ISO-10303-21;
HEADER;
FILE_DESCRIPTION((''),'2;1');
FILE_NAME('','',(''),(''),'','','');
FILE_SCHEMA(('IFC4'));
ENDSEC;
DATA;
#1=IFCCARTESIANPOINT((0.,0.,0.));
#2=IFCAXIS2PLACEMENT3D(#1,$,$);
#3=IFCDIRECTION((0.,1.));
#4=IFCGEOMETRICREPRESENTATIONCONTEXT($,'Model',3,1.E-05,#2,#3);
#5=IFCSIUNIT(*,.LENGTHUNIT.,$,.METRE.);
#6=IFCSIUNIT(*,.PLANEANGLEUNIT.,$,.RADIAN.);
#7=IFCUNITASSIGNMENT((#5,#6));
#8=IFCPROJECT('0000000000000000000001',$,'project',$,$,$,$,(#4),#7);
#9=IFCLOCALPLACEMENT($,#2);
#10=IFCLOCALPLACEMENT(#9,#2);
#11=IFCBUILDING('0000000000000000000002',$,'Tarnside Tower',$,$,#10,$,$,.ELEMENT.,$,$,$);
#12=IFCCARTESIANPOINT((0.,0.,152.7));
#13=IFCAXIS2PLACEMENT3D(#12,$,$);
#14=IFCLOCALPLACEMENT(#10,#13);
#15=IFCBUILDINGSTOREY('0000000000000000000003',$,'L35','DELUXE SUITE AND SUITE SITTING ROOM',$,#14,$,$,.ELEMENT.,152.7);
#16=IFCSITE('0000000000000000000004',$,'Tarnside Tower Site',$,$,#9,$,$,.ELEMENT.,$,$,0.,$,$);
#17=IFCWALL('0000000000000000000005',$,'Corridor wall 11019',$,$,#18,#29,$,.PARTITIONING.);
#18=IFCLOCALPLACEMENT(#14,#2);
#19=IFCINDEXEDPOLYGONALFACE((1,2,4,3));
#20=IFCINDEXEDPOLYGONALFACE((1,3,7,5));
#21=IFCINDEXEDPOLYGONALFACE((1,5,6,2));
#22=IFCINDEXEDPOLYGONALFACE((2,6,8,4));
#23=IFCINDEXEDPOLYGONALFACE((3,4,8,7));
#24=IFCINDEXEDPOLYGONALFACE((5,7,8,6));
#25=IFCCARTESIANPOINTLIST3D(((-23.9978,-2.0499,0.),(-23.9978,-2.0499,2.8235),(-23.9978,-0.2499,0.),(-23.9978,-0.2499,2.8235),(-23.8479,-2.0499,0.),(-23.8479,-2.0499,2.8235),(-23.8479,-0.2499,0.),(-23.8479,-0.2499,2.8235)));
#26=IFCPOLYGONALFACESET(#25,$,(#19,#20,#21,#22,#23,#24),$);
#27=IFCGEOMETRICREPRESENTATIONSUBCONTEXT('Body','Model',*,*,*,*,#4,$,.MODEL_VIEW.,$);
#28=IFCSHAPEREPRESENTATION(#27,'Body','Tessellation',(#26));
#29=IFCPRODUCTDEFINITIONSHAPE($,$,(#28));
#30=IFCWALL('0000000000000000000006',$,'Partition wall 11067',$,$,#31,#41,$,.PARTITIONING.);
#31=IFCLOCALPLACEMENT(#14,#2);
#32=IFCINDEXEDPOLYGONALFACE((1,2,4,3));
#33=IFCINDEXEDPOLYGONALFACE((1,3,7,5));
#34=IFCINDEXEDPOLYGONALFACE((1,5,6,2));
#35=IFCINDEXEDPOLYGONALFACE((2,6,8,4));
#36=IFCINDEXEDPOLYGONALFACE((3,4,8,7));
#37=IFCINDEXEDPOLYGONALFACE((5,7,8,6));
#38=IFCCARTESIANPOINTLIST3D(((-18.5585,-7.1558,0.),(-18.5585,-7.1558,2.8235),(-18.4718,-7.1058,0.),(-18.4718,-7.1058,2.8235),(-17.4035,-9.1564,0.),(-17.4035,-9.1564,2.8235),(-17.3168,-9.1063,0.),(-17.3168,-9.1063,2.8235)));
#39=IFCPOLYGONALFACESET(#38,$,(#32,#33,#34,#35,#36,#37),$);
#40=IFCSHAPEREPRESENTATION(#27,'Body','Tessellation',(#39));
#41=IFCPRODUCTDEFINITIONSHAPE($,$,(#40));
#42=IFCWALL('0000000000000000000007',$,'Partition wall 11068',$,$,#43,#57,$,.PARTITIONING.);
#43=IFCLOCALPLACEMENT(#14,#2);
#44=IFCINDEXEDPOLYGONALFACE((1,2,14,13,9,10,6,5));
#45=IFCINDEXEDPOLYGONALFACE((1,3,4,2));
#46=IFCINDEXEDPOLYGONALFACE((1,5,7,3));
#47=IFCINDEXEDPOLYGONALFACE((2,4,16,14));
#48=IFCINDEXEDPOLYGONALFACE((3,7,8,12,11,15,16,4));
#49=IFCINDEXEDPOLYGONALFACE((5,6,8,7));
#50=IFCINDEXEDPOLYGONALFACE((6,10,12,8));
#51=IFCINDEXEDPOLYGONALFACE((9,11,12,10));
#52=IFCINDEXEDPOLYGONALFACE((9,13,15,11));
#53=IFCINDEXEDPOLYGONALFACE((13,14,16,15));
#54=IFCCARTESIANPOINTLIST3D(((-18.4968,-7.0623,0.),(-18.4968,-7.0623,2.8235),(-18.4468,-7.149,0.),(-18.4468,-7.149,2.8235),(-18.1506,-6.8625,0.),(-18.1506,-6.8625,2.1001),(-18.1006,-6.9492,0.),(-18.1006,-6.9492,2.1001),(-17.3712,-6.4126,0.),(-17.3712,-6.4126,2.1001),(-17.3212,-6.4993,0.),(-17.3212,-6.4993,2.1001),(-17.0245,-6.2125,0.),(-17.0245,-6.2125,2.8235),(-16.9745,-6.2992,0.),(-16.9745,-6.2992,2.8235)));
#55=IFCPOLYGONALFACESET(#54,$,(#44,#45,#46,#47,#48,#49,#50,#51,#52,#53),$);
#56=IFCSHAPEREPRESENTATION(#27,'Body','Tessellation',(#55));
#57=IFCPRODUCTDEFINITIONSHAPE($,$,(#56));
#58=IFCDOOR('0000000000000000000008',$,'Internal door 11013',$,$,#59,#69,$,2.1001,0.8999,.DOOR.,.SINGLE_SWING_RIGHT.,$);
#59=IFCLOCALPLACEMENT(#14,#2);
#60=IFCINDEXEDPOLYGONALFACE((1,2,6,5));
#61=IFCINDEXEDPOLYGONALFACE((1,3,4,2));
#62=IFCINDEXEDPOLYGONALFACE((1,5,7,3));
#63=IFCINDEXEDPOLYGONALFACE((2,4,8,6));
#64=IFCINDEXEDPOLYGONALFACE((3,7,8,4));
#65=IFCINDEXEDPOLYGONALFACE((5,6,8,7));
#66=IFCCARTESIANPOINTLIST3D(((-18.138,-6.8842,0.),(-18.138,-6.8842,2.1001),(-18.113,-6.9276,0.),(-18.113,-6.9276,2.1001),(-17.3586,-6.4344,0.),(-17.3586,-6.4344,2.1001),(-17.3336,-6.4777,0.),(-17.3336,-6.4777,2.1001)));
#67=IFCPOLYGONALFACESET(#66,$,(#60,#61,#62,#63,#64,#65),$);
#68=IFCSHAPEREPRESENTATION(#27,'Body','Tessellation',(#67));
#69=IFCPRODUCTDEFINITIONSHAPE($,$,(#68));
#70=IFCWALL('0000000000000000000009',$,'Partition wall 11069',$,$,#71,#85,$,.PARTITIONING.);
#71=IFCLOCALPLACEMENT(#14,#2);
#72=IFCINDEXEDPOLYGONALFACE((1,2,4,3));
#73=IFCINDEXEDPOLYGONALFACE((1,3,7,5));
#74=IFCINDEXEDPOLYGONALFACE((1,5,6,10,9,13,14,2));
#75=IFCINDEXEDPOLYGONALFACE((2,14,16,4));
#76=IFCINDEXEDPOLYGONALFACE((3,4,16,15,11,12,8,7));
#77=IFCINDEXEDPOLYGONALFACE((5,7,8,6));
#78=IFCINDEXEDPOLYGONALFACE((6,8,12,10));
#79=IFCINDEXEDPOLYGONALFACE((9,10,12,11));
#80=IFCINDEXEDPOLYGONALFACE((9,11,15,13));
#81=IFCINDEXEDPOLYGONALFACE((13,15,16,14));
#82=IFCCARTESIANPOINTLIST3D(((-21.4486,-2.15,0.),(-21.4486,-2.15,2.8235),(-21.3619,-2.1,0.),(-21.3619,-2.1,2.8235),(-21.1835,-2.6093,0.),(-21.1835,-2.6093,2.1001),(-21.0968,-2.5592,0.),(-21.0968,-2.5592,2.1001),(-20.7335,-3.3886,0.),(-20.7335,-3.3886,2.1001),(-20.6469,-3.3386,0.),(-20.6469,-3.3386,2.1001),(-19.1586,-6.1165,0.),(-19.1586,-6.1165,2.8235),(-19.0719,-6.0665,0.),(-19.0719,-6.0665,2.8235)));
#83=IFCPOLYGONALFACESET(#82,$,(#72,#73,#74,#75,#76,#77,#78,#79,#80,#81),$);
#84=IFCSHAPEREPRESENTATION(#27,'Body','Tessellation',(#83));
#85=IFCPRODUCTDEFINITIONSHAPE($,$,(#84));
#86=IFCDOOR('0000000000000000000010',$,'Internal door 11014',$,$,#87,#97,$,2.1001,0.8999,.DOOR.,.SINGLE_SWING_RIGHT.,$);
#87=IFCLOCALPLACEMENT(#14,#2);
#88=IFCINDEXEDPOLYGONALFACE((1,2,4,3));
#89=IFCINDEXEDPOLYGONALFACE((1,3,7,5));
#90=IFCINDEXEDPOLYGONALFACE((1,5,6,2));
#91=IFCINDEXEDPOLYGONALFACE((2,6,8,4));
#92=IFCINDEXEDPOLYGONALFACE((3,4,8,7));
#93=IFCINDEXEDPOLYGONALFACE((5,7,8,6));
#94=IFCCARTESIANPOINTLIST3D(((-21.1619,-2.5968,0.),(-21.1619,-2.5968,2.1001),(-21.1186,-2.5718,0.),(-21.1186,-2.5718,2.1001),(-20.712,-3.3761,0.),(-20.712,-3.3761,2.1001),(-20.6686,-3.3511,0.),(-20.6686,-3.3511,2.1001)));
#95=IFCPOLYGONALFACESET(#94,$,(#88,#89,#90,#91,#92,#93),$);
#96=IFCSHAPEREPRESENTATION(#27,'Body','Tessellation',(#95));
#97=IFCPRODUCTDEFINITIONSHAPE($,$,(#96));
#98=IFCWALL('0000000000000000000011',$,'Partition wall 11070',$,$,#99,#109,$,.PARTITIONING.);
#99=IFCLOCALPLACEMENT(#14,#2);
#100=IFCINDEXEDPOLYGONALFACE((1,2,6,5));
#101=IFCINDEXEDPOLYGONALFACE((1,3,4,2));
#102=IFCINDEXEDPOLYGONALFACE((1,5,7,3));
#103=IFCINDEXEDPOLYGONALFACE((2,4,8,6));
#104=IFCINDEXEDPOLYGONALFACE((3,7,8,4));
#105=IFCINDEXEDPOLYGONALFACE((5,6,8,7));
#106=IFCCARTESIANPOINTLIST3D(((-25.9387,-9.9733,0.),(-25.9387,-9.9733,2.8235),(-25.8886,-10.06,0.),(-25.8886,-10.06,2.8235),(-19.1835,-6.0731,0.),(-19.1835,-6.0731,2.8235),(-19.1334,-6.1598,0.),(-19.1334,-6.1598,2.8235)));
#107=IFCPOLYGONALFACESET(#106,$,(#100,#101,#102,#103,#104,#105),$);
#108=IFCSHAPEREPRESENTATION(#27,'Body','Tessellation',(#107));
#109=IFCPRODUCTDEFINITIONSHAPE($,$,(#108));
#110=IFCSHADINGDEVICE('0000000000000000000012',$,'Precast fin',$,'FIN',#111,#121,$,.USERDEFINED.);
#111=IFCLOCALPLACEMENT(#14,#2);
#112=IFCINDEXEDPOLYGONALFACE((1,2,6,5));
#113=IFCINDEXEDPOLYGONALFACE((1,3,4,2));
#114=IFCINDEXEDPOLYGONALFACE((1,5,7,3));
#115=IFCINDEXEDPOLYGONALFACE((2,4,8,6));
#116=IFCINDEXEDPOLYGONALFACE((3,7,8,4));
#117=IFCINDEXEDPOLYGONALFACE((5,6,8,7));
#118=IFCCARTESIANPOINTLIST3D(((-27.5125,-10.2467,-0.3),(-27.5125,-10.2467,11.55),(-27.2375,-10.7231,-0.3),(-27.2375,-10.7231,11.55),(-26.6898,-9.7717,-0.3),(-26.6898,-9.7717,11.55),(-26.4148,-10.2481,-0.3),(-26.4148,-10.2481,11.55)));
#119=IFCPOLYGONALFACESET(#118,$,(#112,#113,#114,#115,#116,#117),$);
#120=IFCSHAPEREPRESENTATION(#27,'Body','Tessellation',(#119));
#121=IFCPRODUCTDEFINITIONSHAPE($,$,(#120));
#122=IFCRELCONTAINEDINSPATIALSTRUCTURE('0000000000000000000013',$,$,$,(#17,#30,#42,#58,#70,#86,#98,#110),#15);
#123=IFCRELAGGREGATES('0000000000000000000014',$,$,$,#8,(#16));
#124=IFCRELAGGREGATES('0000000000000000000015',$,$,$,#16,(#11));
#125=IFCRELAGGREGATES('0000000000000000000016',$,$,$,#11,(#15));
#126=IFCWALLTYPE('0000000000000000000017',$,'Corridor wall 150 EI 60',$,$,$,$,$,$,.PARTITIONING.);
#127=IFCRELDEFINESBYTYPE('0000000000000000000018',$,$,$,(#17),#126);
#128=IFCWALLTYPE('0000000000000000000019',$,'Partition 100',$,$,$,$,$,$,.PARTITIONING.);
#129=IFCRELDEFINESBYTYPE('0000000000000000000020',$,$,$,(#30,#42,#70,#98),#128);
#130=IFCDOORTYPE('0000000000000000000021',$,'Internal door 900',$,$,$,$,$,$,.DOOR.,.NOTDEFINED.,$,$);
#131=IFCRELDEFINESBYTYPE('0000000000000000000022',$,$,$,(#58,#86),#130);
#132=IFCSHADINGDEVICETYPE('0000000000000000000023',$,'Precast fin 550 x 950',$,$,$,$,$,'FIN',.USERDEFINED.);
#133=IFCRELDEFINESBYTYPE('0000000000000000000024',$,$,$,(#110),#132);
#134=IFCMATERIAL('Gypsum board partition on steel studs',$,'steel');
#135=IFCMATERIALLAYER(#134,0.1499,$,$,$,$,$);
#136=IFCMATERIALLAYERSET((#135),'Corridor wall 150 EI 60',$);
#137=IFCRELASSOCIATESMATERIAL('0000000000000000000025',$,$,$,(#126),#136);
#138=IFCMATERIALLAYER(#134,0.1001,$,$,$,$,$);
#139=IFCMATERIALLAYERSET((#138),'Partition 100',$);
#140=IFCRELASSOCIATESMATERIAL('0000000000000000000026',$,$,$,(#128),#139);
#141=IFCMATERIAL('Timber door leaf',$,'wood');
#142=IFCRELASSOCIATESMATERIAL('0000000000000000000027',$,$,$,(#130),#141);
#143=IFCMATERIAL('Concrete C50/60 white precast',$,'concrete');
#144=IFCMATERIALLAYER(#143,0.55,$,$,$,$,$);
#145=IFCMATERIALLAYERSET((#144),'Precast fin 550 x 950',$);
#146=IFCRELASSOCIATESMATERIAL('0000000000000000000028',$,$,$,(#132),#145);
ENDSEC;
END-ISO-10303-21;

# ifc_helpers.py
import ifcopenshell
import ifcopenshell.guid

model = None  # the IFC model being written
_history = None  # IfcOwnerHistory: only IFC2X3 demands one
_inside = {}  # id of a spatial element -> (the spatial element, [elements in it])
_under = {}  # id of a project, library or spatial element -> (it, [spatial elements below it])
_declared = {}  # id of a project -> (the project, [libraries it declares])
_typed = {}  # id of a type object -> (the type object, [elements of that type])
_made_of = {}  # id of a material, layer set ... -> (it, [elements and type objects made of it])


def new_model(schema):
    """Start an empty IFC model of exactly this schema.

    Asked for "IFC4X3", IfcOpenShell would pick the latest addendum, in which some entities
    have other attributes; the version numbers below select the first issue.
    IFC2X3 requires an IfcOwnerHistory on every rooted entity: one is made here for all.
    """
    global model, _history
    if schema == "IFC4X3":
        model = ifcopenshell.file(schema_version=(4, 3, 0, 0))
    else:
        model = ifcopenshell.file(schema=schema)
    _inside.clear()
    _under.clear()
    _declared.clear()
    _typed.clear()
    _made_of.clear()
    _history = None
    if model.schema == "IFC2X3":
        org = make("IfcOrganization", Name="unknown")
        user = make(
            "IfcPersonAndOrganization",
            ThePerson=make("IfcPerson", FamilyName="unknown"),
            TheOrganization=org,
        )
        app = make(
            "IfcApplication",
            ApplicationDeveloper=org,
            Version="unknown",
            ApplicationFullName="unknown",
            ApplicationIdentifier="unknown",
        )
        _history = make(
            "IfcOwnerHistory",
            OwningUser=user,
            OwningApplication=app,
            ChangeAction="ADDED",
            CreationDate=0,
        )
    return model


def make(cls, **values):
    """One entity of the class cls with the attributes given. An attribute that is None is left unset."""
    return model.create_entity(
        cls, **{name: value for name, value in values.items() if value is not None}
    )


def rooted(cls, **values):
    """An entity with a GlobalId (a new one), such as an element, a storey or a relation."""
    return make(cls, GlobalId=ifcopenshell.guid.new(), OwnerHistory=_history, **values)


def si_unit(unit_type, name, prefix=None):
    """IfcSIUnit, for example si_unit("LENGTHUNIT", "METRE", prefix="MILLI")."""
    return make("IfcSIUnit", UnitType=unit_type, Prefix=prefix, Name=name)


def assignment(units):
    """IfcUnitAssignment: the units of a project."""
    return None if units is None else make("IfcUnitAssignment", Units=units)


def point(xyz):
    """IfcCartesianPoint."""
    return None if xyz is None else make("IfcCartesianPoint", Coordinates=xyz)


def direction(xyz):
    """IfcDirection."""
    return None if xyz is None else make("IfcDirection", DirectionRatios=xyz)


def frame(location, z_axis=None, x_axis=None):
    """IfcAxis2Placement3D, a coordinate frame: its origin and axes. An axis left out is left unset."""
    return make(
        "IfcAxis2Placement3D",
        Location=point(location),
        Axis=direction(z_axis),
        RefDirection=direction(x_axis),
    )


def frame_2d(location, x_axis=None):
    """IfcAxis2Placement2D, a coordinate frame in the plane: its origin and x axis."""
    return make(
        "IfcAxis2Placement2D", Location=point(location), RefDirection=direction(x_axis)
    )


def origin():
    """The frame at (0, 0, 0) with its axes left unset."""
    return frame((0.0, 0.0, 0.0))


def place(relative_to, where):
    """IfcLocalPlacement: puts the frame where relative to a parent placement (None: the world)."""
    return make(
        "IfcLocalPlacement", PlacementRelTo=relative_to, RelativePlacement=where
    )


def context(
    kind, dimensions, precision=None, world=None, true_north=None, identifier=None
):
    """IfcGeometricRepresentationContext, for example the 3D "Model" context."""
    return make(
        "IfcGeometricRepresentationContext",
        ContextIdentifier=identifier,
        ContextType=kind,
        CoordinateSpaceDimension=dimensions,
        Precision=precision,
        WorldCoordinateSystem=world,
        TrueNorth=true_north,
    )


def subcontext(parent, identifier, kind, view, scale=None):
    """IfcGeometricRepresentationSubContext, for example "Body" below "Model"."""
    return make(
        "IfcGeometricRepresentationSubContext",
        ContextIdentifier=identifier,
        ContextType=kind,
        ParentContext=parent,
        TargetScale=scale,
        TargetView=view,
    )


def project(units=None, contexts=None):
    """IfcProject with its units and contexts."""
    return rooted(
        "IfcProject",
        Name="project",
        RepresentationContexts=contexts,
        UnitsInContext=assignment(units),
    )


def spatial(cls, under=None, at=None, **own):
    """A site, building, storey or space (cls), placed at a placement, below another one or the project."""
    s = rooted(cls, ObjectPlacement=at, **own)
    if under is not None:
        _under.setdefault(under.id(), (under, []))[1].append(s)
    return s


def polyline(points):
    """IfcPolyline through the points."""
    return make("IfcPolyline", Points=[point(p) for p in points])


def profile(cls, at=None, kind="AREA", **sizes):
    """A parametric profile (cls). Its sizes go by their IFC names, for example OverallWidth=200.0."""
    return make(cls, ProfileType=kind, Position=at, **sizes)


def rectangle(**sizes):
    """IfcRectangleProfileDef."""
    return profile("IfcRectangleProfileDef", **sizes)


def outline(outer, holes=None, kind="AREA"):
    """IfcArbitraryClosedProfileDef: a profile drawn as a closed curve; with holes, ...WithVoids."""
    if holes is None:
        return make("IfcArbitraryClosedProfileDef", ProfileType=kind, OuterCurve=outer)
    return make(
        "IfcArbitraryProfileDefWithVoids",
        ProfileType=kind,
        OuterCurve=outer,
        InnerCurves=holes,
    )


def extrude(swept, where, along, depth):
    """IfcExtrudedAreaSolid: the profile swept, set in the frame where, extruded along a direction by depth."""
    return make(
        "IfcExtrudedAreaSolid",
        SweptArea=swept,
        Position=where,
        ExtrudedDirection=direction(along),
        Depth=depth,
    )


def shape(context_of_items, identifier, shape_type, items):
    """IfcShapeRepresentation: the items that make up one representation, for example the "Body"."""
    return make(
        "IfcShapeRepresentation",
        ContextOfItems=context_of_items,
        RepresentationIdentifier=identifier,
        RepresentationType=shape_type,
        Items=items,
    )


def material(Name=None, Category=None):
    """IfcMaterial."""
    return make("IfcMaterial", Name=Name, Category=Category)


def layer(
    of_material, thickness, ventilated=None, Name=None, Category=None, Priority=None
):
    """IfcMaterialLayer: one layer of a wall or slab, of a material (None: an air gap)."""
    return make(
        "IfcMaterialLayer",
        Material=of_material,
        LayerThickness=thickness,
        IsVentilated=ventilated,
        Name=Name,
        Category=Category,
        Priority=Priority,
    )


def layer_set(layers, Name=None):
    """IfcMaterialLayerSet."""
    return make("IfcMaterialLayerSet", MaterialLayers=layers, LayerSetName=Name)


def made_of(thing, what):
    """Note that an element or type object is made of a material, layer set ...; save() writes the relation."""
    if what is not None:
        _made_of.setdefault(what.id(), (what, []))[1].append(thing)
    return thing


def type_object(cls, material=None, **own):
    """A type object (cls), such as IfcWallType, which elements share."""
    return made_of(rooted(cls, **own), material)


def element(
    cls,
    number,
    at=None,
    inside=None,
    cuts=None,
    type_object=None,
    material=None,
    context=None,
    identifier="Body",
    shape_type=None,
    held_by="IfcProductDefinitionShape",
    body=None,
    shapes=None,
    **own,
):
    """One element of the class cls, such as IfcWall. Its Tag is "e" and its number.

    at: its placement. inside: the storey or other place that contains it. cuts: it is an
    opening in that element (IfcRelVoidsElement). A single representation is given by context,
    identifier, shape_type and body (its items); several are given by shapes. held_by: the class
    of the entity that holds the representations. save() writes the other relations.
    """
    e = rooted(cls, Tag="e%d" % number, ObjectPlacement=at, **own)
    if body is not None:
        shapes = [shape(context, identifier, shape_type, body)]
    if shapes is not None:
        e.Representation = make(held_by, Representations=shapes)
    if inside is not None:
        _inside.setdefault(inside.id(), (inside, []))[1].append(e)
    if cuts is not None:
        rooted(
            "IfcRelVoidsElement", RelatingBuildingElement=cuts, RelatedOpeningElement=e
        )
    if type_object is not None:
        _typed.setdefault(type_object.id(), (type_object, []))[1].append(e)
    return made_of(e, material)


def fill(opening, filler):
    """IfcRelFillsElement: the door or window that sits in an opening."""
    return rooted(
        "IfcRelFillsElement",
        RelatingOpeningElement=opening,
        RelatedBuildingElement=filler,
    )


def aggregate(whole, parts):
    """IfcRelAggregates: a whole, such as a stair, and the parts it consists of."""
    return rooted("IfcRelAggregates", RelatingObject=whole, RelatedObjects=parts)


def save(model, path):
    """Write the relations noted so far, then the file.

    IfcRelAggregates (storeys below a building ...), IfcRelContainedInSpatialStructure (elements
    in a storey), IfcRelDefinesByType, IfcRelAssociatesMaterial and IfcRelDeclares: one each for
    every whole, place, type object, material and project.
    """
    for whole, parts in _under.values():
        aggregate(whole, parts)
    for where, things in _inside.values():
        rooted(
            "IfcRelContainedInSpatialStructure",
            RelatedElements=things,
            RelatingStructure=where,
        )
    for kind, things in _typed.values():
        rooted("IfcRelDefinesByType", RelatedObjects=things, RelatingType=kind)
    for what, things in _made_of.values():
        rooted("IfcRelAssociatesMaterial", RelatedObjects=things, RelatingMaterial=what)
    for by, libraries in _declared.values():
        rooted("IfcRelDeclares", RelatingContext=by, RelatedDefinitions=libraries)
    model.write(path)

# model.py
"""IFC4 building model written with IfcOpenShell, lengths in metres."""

from ifc_helpers import new_model, si_unit, direction, frame, frame_2d, origin, place, context, subcontext, project, spatial, polyline, rectangle, outline, extrude, material, layer, layer_set, type_object, element, fill, save


model = new_model("IFC4")

# Units and contexts
model_context = context("Model", 3, precision=1e-05, world=origin(), true_north=direction((0.0, 1.0)))
body_context = subcontext(model_context, "Body", "Model", "MODEL_VIEW")
ifc_project = project(units=[si_unit("LENGTHUNIT", "METRE"), si_unit("PLANEANGLEUNIT", "RADIAN")], contexts=[model_context])

# Site, building, storey
site_placement = place(None, origin())
site = spatial("IfcSite", under=ifc_project, at=site_placement, Name="Tarnside Tower Site", CompositionType="ELEMENT", RefElevation=0.0)
building_placement = place(site_placement, origin())
building = spatial("IfcBuilding", under=site, at=building_placement, Name="Tarnside Tower", CompositionType="ELEMENT")
storey_placement = place(building_placement, frame((0.0, 0.0, 152.7)))
storey = spatial("IfcBuildingStorey", under=building, at=storey_placement, Name="L35", Description="DELUXE SUITE AND SUITE SITTING ROOM", CompositionType="ELEMENT", Elevation=152.7)

# Shared definitions
ifc_material_1 = material(Name="Gypsum board partition on steel studs", Category="steel")
ifc_material_2 = material(Name="Timber door leaf", Category="wood")

# Shared definitions
ifc_layer_1 = layer(ifc_material_1, 0.1499)
ifc_layer_set_1 = layer_set([ifc_layer_1], Name="Corridor wall 150 EI 60")
wall_type_1 = type_object("IfcWallType", Name="Corridor wall 150 EI 60", PredefinedType="PARTITIONING", material=ifc_layer_set_1)

# Walls
wall_1_placement = place(storey_placement, frame((-23.9229, -0.25, 0.0), z_axis=(0.0, 0.0, 1.0), x_axis=(0.0, -1.0, 0.0)))
element("IfcWall", 1, at=wall_1_placement, inside=storey, type_object=wall_type_1, Name="Corridor wall 11019", PredefinedType="PARTITIONING", context=body_context, shape_type="SweptSolid", body=[
    extrude(rectangle(XDim=1.8, YDim=0.1499, at=frame_2d((0.8999, 0.0))), origin(), (0.0, 0.0, 1.0), 2.8235),
])
ifc_layer_2 = layer(ifc_material_1, 0.1001)
ifc_layer_set_2 = layer_set([ifc_layer_2], Name="Partition 100")
wall_type_2 = type_object("IfcWallType", Name="Partition 100", PredefinedType="PARTITIONING", material=ifc_layer_set_2)
wall_2_placement = place(storey_placement, frame((-17.3601, -9.1313, 0.0), z_axis=(0.0, 0.0, 1.0), x_axis=(-0.500015, 0.866017, 0.0)))
element("IfcWall", 2, at=wall_2_placement, inside=storey, type_object=wall_type_2, Name="Partition wall 11067", PredefinedType="PARTITIONING", context=body_context, shape_type="SweptSolid", body=[
    extrude(rectangle(XDim=2.3101, YDim=0.1001, at=frame_2d((1.155, 0.0))), origin(), (0.0, 0.0, 1.0), 2.8235),
])

# Walls, openings, doors
wall_3_placement = place(storey_placement, frame((-18.4719, -7.1057, 0.0), z_axis=(0.0, 0.0, 1.0), x_axis=(0.866088, 0.499892, 0.0)))
wall_3 = element("IfcWall", 3, at=wall_3_placement, inside=storey, type_object=wall_type_2, Name="Partition wall 11068", PredefinedType="PARTITIONING", context=body_context, shape_type="SweptSolid", body=[
    extrude(rectangle(XDim=1.7, YDim=0.1001, at=frame_2d((0.8501, 0.0))), origin(), (0.0, 0.0, 1.0), 2.8235),
])
opening_1_placement = place(wall_3_placement, frame((0.3999, 0.0, 0.0)))
opening_1 = element("IfcOpeningElement", 4, at=opening_1_placement, cuts=wall_3, PredefinedType="OPENING", context=body_context, shape_type="SweptSolid", body=[
    extrude(rectangle(XDim=0.8999, YDim=2.1001, at=frame_2d((0.45, 1.05))), frame((0.0, 0.0601, 0.0), z_axis=(0.0, -1.0, 0.0), x_axis=(1.0, 0.0, 0.0)), (0.0, 0.0, 1.0), 0.1201),
])
door_type_1 = type_object("IfcDoorType", Name="Internal door 900", OperationType="NOTDEFINED", PredefinedType="DOOR", material=ifc_material_2)
door_1_placement = place(opening_1_placement, origin())
door_1 = element("IfcDoor", 5, at=door_1_placement, inside=storey, type_object=door_type_1, Name="Internal door 11013", OperationType="SINGLE_SWING_RIGHT", OverallHeight=2.1001, OverallWidth=0.8999, PredefinedType="DOOR", context=body_context, shape_type="SweptSolid", body=[
    extrude(rectangle(XDim=0.8999, YDim=2.1001, at=frame_2d((0.45, 1.05))), frame((0.0, 0.0249, 0.0), z_axis=(0.0, -1.0, 0.0), x_axis=(1.0, 0.0, 0.0)), (0.0, 0.0, 1.0), 0.05),
])
fill(opening_1, door_1)
wall_4_placement = place(storey_placement, frame((-21.4053, -2.125, 0.0), z_axis=(0.0, 0.0, 1.0), x_axis=(0.499992, -0.86603, 0.0)))
wall_4 = element("IfcWall", 6, at=wall_4_placement, inside=storey, type_object=wall_type_2, Name="Partition wall 11069", PredefinedType="PARTITIONING", context=body_context, shape_type="SweptSolid", body=[
    extrude(rectangle(XDim=4.5801, YDim=0.1001, at=frame_2d((2.29, 0.0))), origin(), (0.0, 0.0, 1.0), 2.8235),
])
opening_2_placement = place(wall_4_placement, frame((0.5303, 0.0, 0.0)))
opening_2 = element("IfcOpeningElement", 7, at=opening_2_placement, cuts=wall_4, PredefinedType="OPENING", context=body_context, shape_type="SweptSolid", body=[
    extrude(rectangle(XDim=0.8999, YDim=2.1001, at=frame_2d((0.45, 1.05))), frame((0.0, 0.0601, 0.0), z_axis=(0.0, -1.0, 0.0), x_axis=(1.0, 0.0, 0.0)), (0.0, 0.0, 1.0), 0.1201),
])
door_2_placement = place(opening_2_placement, origin())
door_2 = element("IfcDoor", 8, at=door_2_placement, inside=storey, type_object=door_type_1, Name="Internal door 11014", OperationType="SINGLE_SWING_RIGHT", OverallHeight=2.1001, OverallWidth=0.8999, PredefinedType="DOOR", context=body_context, shape_type="SweptSolid", body=[
    extrude(rectangle(XDim=0.8999, YDim=2.1001, at=frame_2d((0.45, 1.05))), frame((0.0, 0.0249, 0.0), z_axis=(0.0, -1.0, 0.0), x_axis=(1.0, 0.0, 0.0)), (0.0, 0.0, 1.0), 0.05),
])
fill(opening_2, door_2)

# Wall
wall_5_placement = place(storey_placement, frame((-19.1584, -6.1165, 0.0), z_axis=(0.0, 0.0, 1.0), x_axis=(-0.866021, -0.500007, 0.0)))
element("IfcWall", 9, at=wall_5_placement, inside=storey, type_object=wall_type_2, Name="Partition wall 11070", PredefinedType="PARTITIONING", context=body_context, shape_type="SweptSolid", body=[
    extrude(rectangle(XDim=7.8003, YDim=0.1001, at=frame_2d((3.9001, 0.0))), origin(), (0.0, 0.0, 1.0), 2.8235),
])

# Shading device
ifc_material_3 = material(Name="Concrete C50/60 white precast", Category="concrete")
ifc_layer_3 = layer(ifc_material_3, 0.55)
ifc_layer_set_3 = layer_set([ifc_layer_3], Name="Precast fin 550 x 950")
shading_device_type = type_object("IfcShadingDeviceType", Name="Precast fin 550 x 950", ElementType="FIN", PredefinedType="USERDEFINED", material=ifc_layer_set_3)
shading_device_placement = place(storey_placement, frame((-26.5522, -10.01, -0.3), z_axis=(-0.5, 0.866025, 0.0), x_axis=(-0.866025, -0.5, 0.0)))
element("IfcShadingDevice", 10, at=shading_device_placement, inside=storey, type_object=shading_device_type, Name="Precast fin", ObjectType="FIN", PredefinedType="USERDEFINED", context=body_context, shape_type="SweptSolid", body=[
    extrude(outline(polyline([(0.0, 0.0), (0.95, 0.0), (0.95, 11.8501), (0.0, 11.8501), (0.0, 0.0)])), frame((0.0, 0.0, -0.2749)), (0.0, 0.0, 1.0), 0.55),
])

save(model, "model.ifc")
